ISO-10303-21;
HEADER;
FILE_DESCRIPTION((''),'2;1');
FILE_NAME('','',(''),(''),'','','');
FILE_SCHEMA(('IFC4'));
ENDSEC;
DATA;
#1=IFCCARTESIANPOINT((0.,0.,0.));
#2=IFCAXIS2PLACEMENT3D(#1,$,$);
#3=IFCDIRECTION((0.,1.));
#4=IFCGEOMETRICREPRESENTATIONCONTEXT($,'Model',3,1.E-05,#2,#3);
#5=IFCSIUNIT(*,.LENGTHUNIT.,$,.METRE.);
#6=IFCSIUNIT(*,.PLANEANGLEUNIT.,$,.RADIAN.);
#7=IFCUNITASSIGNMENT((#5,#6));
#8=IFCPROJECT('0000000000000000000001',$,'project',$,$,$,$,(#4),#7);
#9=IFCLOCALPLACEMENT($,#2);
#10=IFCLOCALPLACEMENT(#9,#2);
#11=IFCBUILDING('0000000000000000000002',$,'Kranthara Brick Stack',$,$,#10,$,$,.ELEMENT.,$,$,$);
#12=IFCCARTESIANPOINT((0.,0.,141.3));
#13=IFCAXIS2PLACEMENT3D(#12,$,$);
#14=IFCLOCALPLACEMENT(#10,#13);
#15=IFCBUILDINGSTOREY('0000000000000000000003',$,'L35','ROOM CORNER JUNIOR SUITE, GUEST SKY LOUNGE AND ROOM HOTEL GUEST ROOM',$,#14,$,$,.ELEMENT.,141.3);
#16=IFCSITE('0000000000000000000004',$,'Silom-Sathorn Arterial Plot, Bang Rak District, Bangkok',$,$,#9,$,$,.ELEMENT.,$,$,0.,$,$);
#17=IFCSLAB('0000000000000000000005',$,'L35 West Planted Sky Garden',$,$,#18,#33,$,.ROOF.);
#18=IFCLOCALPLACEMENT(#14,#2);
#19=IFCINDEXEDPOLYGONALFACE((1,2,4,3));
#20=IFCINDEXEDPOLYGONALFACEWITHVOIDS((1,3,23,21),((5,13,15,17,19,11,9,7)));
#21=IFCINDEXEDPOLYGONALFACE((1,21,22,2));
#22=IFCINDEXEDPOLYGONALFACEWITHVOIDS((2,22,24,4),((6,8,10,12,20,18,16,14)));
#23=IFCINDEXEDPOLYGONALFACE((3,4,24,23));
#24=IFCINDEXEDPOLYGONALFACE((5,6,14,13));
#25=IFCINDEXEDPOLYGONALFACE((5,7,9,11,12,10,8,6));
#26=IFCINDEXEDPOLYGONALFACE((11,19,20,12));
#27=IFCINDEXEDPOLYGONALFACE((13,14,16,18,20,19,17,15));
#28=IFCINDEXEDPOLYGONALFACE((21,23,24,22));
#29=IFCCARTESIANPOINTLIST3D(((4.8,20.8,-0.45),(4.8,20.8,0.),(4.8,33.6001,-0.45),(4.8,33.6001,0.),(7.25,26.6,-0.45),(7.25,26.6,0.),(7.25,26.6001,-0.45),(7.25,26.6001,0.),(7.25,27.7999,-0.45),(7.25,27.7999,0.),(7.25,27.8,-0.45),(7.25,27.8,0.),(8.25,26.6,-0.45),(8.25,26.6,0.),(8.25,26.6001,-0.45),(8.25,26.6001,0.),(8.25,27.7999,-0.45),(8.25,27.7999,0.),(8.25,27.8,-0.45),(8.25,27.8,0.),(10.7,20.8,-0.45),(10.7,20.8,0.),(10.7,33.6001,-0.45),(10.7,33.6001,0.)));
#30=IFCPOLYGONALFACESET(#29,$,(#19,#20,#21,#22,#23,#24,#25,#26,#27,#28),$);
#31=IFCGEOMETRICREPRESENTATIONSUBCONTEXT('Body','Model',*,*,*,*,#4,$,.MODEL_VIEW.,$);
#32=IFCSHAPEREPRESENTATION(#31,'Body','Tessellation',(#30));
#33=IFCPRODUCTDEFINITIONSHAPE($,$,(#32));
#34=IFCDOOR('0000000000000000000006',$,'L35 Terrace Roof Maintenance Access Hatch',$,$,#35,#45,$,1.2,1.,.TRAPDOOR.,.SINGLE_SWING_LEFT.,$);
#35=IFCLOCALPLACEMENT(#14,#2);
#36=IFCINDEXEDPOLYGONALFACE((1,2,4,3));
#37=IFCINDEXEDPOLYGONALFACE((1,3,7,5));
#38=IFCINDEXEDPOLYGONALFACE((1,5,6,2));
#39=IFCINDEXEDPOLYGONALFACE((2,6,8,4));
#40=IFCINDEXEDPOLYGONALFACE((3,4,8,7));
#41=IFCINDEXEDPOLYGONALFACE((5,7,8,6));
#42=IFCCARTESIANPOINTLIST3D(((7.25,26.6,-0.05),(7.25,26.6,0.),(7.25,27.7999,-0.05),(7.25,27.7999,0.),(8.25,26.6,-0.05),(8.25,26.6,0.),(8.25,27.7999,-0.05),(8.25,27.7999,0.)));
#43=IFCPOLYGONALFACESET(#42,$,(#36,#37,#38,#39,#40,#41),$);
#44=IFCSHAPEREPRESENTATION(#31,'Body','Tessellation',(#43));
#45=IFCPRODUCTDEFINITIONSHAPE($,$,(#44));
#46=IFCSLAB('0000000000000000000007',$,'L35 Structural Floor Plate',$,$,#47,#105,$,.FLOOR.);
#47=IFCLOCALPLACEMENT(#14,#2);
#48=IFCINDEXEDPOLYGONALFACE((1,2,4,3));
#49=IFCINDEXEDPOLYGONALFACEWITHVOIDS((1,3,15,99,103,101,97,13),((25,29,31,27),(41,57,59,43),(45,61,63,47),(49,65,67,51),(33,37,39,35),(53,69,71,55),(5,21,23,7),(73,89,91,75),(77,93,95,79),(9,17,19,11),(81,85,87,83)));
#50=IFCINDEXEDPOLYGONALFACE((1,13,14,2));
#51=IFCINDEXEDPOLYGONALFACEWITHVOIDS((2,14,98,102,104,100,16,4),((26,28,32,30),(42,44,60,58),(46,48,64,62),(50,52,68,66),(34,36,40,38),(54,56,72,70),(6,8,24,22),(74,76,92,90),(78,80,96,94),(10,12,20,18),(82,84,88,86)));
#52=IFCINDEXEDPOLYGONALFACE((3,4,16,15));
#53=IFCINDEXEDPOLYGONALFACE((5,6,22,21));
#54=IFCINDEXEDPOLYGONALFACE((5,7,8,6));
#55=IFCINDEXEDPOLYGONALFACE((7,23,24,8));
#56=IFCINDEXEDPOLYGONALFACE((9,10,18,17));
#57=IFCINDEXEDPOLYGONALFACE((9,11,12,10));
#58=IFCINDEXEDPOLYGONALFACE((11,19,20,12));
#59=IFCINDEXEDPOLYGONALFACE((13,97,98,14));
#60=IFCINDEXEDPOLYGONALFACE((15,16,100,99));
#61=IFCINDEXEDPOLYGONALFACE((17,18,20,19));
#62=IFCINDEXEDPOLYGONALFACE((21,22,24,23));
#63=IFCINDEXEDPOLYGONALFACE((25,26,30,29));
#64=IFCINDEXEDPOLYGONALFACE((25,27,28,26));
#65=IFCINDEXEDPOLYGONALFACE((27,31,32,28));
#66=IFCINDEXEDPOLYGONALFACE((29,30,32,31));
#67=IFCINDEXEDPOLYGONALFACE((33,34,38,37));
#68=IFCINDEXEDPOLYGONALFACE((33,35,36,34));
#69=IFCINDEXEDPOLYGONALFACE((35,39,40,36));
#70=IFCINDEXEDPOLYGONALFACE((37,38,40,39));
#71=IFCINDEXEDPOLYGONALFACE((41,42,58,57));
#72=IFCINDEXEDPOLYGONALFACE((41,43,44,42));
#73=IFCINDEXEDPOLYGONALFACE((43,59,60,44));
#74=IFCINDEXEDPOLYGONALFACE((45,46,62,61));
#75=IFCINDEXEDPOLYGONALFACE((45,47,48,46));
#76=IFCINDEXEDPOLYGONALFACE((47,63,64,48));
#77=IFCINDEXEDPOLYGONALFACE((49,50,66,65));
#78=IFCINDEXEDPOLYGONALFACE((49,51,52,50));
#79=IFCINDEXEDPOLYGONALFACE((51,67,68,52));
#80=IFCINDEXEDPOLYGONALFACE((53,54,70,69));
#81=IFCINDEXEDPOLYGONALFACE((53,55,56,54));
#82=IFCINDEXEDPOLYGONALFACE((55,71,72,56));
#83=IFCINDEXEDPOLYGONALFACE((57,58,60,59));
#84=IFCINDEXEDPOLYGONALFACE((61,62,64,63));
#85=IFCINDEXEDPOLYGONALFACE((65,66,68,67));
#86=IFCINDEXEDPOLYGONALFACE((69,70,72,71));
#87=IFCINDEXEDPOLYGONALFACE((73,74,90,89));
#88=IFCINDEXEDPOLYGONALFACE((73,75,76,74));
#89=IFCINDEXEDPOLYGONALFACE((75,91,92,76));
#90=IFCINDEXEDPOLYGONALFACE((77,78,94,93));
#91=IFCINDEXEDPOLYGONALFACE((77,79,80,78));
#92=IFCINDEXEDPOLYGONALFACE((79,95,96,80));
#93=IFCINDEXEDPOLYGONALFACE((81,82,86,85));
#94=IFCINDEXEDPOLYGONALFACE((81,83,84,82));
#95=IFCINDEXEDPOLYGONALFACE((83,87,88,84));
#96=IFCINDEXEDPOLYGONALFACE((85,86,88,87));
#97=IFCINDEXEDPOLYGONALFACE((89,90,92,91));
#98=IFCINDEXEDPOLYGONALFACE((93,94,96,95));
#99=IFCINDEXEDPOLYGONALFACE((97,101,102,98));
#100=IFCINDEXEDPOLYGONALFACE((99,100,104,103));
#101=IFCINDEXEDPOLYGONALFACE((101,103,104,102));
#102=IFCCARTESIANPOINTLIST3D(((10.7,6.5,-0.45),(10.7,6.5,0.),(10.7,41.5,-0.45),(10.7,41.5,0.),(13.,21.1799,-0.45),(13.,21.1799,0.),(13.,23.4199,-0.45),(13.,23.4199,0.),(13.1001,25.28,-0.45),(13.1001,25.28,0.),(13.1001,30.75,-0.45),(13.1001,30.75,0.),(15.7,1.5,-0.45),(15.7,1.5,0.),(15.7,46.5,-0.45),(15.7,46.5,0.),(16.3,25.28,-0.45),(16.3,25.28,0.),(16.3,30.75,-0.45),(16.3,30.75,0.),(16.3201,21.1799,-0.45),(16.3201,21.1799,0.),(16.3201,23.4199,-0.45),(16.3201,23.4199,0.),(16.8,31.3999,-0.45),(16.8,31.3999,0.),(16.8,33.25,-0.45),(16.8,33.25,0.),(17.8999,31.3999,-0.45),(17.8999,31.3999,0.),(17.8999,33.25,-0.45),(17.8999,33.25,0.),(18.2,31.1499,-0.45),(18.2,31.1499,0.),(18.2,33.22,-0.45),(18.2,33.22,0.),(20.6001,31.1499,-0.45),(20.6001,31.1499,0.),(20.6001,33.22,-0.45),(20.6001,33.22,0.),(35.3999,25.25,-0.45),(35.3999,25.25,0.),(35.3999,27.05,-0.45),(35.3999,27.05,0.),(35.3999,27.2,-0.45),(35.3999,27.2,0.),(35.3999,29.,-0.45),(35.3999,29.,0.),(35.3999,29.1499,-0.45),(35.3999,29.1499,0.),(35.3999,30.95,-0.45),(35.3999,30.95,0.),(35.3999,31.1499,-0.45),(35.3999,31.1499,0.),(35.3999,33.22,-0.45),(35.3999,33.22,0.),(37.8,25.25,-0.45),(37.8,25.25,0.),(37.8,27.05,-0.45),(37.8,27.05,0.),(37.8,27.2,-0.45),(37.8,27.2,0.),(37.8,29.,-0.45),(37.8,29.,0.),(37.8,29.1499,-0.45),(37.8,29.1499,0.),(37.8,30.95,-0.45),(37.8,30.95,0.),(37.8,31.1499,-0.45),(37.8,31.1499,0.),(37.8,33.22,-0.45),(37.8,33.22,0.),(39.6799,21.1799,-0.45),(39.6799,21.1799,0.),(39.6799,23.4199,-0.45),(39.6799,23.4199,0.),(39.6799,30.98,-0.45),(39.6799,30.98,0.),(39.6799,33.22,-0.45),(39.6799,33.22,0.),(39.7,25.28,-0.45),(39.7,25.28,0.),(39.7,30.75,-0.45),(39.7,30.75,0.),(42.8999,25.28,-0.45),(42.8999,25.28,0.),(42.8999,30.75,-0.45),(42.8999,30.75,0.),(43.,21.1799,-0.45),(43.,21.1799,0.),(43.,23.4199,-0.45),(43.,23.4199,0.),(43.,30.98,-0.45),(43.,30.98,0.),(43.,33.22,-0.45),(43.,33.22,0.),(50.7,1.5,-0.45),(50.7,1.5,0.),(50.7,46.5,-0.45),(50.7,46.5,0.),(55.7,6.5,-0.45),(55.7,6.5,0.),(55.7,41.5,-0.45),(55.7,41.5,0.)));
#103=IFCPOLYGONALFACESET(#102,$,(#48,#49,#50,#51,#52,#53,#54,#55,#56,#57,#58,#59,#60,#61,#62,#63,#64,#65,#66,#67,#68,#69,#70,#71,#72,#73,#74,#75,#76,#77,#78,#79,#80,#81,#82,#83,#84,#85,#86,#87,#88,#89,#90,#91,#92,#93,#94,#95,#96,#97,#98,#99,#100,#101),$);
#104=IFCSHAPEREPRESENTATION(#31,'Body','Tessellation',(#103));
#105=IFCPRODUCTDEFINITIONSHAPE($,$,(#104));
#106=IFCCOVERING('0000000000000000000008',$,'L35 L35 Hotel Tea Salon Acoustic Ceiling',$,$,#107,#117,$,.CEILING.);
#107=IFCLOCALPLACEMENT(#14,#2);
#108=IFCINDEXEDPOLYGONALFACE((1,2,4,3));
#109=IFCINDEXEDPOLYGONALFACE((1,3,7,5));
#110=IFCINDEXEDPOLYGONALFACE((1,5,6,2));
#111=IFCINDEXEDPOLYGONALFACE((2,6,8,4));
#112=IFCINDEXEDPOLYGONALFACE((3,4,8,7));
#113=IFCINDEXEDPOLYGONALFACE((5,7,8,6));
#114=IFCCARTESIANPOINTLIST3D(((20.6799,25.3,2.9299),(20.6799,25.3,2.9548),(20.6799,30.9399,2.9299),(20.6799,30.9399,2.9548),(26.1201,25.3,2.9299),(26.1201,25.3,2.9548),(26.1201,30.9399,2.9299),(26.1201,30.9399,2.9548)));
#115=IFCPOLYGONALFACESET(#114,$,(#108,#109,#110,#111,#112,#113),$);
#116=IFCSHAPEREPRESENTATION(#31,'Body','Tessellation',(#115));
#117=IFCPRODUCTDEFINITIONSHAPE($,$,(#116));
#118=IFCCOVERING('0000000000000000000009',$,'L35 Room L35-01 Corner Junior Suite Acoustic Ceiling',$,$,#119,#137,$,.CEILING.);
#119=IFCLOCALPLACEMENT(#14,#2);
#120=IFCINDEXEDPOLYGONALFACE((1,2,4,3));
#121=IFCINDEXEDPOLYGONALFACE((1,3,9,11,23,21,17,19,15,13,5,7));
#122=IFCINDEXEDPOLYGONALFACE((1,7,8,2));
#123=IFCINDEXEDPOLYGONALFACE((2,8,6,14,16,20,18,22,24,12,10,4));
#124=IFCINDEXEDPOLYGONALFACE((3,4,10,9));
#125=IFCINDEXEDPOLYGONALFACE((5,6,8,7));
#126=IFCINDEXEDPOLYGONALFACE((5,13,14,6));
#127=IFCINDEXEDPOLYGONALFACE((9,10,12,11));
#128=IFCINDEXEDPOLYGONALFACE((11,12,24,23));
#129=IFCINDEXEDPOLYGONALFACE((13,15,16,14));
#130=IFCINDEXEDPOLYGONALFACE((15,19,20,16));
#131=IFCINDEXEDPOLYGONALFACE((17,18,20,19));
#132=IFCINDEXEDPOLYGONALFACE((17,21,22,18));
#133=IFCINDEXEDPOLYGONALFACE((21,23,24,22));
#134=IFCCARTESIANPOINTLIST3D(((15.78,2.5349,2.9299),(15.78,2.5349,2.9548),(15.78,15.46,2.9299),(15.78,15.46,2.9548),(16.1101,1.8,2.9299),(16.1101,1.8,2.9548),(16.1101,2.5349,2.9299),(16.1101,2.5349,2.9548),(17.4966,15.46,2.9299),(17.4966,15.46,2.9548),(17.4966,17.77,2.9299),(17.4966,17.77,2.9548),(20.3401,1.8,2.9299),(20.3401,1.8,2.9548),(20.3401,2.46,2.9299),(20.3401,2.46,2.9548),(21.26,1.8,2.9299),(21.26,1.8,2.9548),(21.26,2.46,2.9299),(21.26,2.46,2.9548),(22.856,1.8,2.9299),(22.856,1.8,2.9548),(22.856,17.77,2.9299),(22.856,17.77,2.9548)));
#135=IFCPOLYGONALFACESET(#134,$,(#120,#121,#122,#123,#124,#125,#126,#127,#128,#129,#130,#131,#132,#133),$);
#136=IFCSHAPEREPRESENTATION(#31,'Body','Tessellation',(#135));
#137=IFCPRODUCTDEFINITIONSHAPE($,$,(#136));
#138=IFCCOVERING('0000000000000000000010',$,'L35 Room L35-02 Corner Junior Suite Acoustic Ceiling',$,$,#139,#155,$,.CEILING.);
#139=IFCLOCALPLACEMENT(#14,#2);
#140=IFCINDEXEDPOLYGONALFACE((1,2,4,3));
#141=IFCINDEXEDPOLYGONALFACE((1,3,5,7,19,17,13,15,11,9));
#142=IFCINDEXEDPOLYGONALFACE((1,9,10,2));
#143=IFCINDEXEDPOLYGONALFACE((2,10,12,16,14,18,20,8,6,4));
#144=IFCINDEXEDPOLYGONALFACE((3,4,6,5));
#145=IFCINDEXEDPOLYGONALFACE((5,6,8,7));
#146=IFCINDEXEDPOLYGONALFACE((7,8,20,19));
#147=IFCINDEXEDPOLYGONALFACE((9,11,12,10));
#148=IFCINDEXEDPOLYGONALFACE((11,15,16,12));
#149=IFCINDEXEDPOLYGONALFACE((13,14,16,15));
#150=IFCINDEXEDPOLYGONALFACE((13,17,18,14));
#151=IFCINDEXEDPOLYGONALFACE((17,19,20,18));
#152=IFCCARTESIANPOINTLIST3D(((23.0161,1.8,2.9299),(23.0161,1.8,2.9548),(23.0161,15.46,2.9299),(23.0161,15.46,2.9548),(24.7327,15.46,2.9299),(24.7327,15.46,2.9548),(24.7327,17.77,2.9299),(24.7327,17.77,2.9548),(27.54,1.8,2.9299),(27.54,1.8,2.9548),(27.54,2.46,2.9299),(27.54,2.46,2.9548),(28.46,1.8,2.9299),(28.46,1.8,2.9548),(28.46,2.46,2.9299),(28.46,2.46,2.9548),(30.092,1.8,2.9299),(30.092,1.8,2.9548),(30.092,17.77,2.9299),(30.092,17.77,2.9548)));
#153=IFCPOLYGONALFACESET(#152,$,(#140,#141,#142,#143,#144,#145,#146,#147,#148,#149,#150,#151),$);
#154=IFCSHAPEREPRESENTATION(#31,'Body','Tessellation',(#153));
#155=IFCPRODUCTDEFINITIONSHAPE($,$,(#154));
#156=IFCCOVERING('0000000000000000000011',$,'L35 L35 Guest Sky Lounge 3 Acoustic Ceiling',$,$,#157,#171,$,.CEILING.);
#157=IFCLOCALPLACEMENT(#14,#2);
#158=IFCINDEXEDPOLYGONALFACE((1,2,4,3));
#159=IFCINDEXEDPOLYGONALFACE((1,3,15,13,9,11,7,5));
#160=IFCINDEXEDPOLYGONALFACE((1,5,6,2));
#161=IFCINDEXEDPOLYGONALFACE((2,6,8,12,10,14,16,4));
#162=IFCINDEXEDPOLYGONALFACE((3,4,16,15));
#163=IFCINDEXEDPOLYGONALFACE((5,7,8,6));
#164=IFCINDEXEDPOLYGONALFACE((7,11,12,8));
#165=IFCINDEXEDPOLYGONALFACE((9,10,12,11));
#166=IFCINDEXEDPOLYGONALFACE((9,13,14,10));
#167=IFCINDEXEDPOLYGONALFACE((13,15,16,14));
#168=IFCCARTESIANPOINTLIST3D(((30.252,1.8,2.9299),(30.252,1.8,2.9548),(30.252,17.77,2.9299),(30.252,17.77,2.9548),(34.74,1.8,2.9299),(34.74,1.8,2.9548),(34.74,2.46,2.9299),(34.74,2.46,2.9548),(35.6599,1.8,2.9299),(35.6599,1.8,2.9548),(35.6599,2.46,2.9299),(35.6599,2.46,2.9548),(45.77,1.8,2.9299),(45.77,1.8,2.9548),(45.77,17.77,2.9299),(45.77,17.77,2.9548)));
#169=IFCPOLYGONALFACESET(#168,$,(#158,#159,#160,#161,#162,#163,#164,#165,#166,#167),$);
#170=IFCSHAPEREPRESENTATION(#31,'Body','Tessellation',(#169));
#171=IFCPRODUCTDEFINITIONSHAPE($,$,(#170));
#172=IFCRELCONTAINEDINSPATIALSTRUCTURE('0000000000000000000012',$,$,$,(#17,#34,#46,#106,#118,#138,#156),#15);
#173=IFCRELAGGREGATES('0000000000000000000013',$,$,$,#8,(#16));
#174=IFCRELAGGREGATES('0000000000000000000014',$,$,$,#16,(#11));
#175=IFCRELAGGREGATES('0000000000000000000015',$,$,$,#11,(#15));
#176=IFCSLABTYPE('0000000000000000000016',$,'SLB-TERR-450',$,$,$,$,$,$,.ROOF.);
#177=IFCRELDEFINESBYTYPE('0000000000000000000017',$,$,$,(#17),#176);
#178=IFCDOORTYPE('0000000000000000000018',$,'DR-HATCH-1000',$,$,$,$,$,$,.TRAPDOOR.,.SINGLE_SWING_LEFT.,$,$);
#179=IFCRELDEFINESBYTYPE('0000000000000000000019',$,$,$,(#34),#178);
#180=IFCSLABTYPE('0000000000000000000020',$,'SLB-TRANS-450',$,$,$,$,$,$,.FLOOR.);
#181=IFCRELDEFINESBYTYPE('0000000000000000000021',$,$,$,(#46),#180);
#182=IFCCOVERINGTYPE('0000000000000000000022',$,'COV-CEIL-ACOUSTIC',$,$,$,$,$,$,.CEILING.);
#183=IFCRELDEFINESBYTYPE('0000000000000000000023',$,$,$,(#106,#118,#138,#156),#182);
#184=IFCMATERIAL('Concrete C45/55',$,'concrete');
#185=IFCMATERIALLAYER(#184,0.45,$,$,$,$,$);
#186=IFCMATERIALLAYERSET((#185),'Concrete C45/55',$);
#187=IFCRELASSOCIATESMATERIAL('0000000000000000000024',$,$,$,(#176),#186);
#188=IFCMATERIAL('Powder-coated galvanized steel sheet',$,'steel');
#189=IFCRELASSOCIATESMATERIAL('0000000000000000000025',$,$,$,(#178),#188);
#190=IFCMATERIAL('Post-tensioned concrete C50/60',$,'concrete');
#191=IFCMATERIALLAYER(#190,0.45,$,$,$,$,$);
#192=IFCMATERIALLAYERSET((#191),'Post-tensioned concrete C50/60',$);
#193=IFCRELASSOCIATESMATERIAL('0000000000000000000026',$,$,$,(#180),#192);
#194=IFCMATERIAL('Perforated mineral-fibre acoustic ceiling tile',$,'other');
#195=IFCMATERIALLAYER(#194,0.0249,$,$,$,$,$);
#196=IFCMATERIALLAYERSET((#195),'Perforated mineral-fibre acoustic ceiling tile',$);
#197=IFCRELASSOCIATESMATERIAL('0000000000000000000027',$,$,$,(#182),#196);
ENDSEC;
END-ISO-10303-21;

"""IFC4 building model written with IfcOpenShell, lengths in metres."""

from ifc_helpers import new_model, si_unit, direction, frame, origin, origin_2d, place, context, subcontext, project, spatial, polyline, rectangle, outline, extrude, material, layer, layer_set, type_object, element, fill, save


model = new_model("IFC4")

# Units and contexts
model_context = context("Model", 3, precision=1e-05, world=origin(), true_north=direction((0.0, 1.0)))
body_context = subcontext(model_context, "Body", "Model", "MODEL_VIEW")
ifc_project = project(units=[si_unit("LENGTHUNIT", "METRE"), si_unit("PLANEANGLEUNIT", "RADIAN")], contexts=[model_context])

# Site, building, storey
site_placement = place(None, origin())
site = spatial("IfcSite", under=ifc_project, at=site_placement, Name="Silom-Sathorn Arterial Plot, Bang Rak District, Bangkok", CompositionType="ELEMENT", RefElevation=0.0)
building_placement = place(site_placement, origin())
building = spatial("IfcBuilding", under=site, at=building_placement, Name="Kranthara Brick Stack", CompositionType="ELEMENT")
storey_placement = place(building_placement, frame((0.0, 0.0, 141.3)))
storey = spatial("IfcBuildingStorey", under=building, at=storey_placement, Name="L35", Description="ROOM CORNER JUNIOR SUITE, GUEST SKY LOUNGE AND ROOM HOTEL GUEST ROOM", CompositionType="ELEMENT", Elevation=141.3)

# Slab, opening, door
ifc_material_1 = material(Name="Concrete C45/55", Category="concrete")
ifc_layer_1 = layer(ifc_material_1, 0.45)
ifc_layer_set_1 = layer_set([ifc_layer_1], Name="Concrete C45/55")
slab_type_1 = type_object("IfcSlabType", Name="SLB-TERR-450", PredefinedType="ROOF", material=ifc_layer_set_1)
slab_1_placement = place(storey_placement, frame((0.0, 0.0, -0.45)))
slab_1 = element("IfcSlab", 1, at=slab_1_placement, inside=storey, type_object=slab_type_1, Name="L35 West Planted Sky Garden", PredefinedType="ROOF", context=body_context, shape_type="SweptSolid", body=[
    extrude(outline(polyline([(4.8, 20.8), (10.7, 20.8), (10.7, 33.6001), (4.8, 33.6001), (4.8, 20.8)]), holes=[polyline([(7.25, 26.6001), (8.25, 26.6001), (8.25, 27.8), (7.25, 27.8), (7.25, 26.6001)])]), origin(), (0.0, 0.0, 1.0), 0.45),
])
opening_placement = place(slab_1_placement, frame((7.75, 27.2, 0.0)))
opening = element("IfcOpeningElement", 2, at=opening_placement, cuts=slab_1, PredefinedType="OPENING", context=body_context, shape_type="SweptSolid", body=[
    extrude(rectangle(XDim=1.0, YDim=1.2, at=origin_2d()), origin(), (0.0, 0.0, 1.0), 0.45),
])
ifc_material_2 = material(Name="Powder-coated galvanized steel sheet", Category="steel")
door_type = type_object("IfcDoorType", Name="DR-HATCH-1000", OperationType="SINGLE_SWING_LEFT", PredefinedType="TRAPDOOR", material=ifc_material_2)
door_placement = place(opening_placement, frame((0.0, 0.0, 0.3999)))
door = element("IfcDoor", 3, at=door_placement, inside=storey, type_object=door_type, Name="L35 Terrace Roof Maintenance Access Hatch", OperationType="SINGLE_SWING_LEFT", OverallHeight=1.2, OverallWidth=1.0, PredefinedType="TRAPDOOR", context=body_context, shape_type="SweptSolid", body=[
    extrude(rectangle(XDim=1.0, YDim=1.2, at=origin_2d()), origin(), (0.0, 0.0, 1.0), 0.05),
])
fill(opening, door)

# Slab
ifc_material_3 = material(Name="Post-tensioned concrete C50/60", Category="concrete")
ifc_layer_2 = layer(ifc_material_3, 0.45)
ifc_layer_set_2 = layer_set([ifc_layer_2], Name="Post-tensioned concrete C50/60")
slab_type_2 = type_object("IfcSlabType", Name="SLB-TRANS-450", PredefinedType="FLOOR", material=ifc_layer_set_2)
slab_2_placement = place(storey_placement, frame((0.0, 0.0, -0.45)))
element("IfcSlab", 4, at=slab_2_placement, inside=storey, type_object=slab_type_2, Name="L35 Structural Floor Plate", PredefinedType="FLOOR", context=body_context, shape_type="SweptSolid", body=[
    extrude(outline(polyline([(15.7, 1.5), (50.7, 1.5), (55.7, 6.5), (55.7, 41.5), (50.7, 46.5), (15.7, 46.5), (10.7, 41.5), (10.7, 6.5), (15.7, 1.5)]), holes=[polyline([(13.1001, 25.28), (16.3, 25.28), (16.3, 30.75), (13.1001, 30.75), (13.1001, 25.28)]), polyline([(39.7, 25.28), (42.8999, 25.28), (42.8999, 30.75), (39.7, 30.75), (39.7, 25.28)]), polyline([(13.0, 21.1799), (16.3201, 21.1799), (16.3201, 23.4199), (13.0, 23.4199), (13.0, 21.1799)]), polyline([(39.6799, 21.1799), (43.0, 21.1799), (43.0, 23.4199), (39.6799, 23.4199), (39.6799, 21.1799)]), polyline([(39.6799, 30.98), (43.0, 30.98), (43.0, 33.22), (39.6799, 33.22), (39.6799, 30.98)]), polyline([(35.3999, 25.25), (37.8, 25.25), (37.8, 27.05), (35.3999, 27.05), (35.3999, 25.25)]), polyline([(35.3999, 27.2), (37.8, 27.2), (37.8, 29.0), (35.3999, 29.0), (35.3999, 27.2)]), polyline([(35.3999, 29.1499), (37.8, 29.1499), (37.8, 30.95), (35.3999, 30.95), (35.3999, 29.1499)]), polyline([(18.2, 31.1499), (20.6001, 31.1499), (20.6001, 33.22), (18.2, 33.22), (18.2, 31.1499)]), polyline([(35.3999, 31.1499), (37.8, 31.1499), (37.8, 33.22), (35.3999, 33.22), (35.3999, 31.1499)]), polyline([(16.8, 31.3999), (17.8999, 31.3999), (17.8999, 33.25), (16.8, 33.25), (16.8, 31.3999)])]), origin(), (0.0, 0.0, 1.0), 0.45),
])

# Coverings
ifc_material_4 = material(Name="Perforated mineral-fibre acoustic ceiling tile", Category="other")
ifc_layer_3 = layer(ifc_material_4, 0.0249)
ifc_layer_set_3 = layer_set([ifc_layer_3], Name="Perforated mineral-fibre acoustic ceiling tile")
covering_type_1 = type_object("IfcCoveringType", Name="COV-CEIL-ACOUSTIC", PredefinedType="CEILING", material=ifc_layer_set_3)
covering_1_placement = place(storey_placement, frame((0.0, 0.0, 2.9299)))
element("IfcCovering", 5, at=covering_1_placement, inside=storey, type_object=covering_type_1, Name="L35 L35 Hotel Tea Salon Acoustic Ceiling", PredefinedType="CEILING", context=body_context, shape_type="SweptSolid", body=[
    extrude(outline(polyline([(26.1201, 25.3), (26.1201, 30.9399), (20.6799, 30.9399), (20.6799, 25.3), (26.1201, 25.3)])), origin(), (0.0, 0.0, 1.0), 0.0249),
])
covering_2_placement = place(storey_placement, frame((0.0, 0.0, 2.9299)))
element("IfcCovering", 6, at=covering_2_placement, inside=storey, type_object=covering_type_1, Name="L35 Room L35-01 Corner Junior Suite Acoustic Ceiling", PredefinedType="CEILING", context=body_context, shape_type="SweptSolid", body=[
    extrude(outline(polyline([(17.4966, 15.46), (17.4966, 17.77), (22.856, 17.77), (22.856, 1.8), (21.26, 1.8), (21.26, 2.46), (20.3401, 2.46), (20.3401, 1.8), (16.1101, 1.8), (16.1101, 2.5349), (15.78, 2.5349), (15.78, 15.46), (17.4966, 15.46)])), origin(), (0.0, 0.0, 1.0), 0.0249),
])
covering_3_placement = place(storey_placement, frame((0.0, 0.0, 2.9299)))
element("IfcCovering", 7, at=covering_3_placement, inside=storey, type_object=covering_type_1, Name="L35 Room L35-02 Corner Junior Suite Acoustic Ceiling", PredefinedType="CEILING", context=body_context, shape_type="SweptSolid", body=[
    extrude(outline(polyline([(23.0161, 1.8), (23.0161, 15.46), (24.7327, 15.46), (24.7327, 17.77), (30.092, 17.77), (30.092, 1.8), (28.46, 1.8), (28.46, 2.46), (27.54, 2.46), (27.54, 1.8), (23.0161, 1.8)])), origin(), (0.0, 0.0, 1.0), 0.0249),
])
covering_4_placement = place(storey_placement, frame((0.0, 0.0, 2.9299)))
element("IfcCovering", 8, at=covering_4_placement, inside=storey, type_object=covering_type_1, Name="L35 L35 Guest Sky Lounge 3 Acoustic Ceiling", PredefinedType="CEILING", context=body_context, shape_type="SweptSolid", body=[
    extrude(outline(polyline([(30.252, 1.8), (30.252, 17.77), (45.77, 17.77), (45.77, 1.8), (35.6599, 1.8), (35.6599, 2.46), (34.74, 2.46), (34.74, 1.8), (30.252, 1.8)])), origin(), (0.0, 0.0, 1.0), 0.0249),
])

save(model, "model.ifc")
